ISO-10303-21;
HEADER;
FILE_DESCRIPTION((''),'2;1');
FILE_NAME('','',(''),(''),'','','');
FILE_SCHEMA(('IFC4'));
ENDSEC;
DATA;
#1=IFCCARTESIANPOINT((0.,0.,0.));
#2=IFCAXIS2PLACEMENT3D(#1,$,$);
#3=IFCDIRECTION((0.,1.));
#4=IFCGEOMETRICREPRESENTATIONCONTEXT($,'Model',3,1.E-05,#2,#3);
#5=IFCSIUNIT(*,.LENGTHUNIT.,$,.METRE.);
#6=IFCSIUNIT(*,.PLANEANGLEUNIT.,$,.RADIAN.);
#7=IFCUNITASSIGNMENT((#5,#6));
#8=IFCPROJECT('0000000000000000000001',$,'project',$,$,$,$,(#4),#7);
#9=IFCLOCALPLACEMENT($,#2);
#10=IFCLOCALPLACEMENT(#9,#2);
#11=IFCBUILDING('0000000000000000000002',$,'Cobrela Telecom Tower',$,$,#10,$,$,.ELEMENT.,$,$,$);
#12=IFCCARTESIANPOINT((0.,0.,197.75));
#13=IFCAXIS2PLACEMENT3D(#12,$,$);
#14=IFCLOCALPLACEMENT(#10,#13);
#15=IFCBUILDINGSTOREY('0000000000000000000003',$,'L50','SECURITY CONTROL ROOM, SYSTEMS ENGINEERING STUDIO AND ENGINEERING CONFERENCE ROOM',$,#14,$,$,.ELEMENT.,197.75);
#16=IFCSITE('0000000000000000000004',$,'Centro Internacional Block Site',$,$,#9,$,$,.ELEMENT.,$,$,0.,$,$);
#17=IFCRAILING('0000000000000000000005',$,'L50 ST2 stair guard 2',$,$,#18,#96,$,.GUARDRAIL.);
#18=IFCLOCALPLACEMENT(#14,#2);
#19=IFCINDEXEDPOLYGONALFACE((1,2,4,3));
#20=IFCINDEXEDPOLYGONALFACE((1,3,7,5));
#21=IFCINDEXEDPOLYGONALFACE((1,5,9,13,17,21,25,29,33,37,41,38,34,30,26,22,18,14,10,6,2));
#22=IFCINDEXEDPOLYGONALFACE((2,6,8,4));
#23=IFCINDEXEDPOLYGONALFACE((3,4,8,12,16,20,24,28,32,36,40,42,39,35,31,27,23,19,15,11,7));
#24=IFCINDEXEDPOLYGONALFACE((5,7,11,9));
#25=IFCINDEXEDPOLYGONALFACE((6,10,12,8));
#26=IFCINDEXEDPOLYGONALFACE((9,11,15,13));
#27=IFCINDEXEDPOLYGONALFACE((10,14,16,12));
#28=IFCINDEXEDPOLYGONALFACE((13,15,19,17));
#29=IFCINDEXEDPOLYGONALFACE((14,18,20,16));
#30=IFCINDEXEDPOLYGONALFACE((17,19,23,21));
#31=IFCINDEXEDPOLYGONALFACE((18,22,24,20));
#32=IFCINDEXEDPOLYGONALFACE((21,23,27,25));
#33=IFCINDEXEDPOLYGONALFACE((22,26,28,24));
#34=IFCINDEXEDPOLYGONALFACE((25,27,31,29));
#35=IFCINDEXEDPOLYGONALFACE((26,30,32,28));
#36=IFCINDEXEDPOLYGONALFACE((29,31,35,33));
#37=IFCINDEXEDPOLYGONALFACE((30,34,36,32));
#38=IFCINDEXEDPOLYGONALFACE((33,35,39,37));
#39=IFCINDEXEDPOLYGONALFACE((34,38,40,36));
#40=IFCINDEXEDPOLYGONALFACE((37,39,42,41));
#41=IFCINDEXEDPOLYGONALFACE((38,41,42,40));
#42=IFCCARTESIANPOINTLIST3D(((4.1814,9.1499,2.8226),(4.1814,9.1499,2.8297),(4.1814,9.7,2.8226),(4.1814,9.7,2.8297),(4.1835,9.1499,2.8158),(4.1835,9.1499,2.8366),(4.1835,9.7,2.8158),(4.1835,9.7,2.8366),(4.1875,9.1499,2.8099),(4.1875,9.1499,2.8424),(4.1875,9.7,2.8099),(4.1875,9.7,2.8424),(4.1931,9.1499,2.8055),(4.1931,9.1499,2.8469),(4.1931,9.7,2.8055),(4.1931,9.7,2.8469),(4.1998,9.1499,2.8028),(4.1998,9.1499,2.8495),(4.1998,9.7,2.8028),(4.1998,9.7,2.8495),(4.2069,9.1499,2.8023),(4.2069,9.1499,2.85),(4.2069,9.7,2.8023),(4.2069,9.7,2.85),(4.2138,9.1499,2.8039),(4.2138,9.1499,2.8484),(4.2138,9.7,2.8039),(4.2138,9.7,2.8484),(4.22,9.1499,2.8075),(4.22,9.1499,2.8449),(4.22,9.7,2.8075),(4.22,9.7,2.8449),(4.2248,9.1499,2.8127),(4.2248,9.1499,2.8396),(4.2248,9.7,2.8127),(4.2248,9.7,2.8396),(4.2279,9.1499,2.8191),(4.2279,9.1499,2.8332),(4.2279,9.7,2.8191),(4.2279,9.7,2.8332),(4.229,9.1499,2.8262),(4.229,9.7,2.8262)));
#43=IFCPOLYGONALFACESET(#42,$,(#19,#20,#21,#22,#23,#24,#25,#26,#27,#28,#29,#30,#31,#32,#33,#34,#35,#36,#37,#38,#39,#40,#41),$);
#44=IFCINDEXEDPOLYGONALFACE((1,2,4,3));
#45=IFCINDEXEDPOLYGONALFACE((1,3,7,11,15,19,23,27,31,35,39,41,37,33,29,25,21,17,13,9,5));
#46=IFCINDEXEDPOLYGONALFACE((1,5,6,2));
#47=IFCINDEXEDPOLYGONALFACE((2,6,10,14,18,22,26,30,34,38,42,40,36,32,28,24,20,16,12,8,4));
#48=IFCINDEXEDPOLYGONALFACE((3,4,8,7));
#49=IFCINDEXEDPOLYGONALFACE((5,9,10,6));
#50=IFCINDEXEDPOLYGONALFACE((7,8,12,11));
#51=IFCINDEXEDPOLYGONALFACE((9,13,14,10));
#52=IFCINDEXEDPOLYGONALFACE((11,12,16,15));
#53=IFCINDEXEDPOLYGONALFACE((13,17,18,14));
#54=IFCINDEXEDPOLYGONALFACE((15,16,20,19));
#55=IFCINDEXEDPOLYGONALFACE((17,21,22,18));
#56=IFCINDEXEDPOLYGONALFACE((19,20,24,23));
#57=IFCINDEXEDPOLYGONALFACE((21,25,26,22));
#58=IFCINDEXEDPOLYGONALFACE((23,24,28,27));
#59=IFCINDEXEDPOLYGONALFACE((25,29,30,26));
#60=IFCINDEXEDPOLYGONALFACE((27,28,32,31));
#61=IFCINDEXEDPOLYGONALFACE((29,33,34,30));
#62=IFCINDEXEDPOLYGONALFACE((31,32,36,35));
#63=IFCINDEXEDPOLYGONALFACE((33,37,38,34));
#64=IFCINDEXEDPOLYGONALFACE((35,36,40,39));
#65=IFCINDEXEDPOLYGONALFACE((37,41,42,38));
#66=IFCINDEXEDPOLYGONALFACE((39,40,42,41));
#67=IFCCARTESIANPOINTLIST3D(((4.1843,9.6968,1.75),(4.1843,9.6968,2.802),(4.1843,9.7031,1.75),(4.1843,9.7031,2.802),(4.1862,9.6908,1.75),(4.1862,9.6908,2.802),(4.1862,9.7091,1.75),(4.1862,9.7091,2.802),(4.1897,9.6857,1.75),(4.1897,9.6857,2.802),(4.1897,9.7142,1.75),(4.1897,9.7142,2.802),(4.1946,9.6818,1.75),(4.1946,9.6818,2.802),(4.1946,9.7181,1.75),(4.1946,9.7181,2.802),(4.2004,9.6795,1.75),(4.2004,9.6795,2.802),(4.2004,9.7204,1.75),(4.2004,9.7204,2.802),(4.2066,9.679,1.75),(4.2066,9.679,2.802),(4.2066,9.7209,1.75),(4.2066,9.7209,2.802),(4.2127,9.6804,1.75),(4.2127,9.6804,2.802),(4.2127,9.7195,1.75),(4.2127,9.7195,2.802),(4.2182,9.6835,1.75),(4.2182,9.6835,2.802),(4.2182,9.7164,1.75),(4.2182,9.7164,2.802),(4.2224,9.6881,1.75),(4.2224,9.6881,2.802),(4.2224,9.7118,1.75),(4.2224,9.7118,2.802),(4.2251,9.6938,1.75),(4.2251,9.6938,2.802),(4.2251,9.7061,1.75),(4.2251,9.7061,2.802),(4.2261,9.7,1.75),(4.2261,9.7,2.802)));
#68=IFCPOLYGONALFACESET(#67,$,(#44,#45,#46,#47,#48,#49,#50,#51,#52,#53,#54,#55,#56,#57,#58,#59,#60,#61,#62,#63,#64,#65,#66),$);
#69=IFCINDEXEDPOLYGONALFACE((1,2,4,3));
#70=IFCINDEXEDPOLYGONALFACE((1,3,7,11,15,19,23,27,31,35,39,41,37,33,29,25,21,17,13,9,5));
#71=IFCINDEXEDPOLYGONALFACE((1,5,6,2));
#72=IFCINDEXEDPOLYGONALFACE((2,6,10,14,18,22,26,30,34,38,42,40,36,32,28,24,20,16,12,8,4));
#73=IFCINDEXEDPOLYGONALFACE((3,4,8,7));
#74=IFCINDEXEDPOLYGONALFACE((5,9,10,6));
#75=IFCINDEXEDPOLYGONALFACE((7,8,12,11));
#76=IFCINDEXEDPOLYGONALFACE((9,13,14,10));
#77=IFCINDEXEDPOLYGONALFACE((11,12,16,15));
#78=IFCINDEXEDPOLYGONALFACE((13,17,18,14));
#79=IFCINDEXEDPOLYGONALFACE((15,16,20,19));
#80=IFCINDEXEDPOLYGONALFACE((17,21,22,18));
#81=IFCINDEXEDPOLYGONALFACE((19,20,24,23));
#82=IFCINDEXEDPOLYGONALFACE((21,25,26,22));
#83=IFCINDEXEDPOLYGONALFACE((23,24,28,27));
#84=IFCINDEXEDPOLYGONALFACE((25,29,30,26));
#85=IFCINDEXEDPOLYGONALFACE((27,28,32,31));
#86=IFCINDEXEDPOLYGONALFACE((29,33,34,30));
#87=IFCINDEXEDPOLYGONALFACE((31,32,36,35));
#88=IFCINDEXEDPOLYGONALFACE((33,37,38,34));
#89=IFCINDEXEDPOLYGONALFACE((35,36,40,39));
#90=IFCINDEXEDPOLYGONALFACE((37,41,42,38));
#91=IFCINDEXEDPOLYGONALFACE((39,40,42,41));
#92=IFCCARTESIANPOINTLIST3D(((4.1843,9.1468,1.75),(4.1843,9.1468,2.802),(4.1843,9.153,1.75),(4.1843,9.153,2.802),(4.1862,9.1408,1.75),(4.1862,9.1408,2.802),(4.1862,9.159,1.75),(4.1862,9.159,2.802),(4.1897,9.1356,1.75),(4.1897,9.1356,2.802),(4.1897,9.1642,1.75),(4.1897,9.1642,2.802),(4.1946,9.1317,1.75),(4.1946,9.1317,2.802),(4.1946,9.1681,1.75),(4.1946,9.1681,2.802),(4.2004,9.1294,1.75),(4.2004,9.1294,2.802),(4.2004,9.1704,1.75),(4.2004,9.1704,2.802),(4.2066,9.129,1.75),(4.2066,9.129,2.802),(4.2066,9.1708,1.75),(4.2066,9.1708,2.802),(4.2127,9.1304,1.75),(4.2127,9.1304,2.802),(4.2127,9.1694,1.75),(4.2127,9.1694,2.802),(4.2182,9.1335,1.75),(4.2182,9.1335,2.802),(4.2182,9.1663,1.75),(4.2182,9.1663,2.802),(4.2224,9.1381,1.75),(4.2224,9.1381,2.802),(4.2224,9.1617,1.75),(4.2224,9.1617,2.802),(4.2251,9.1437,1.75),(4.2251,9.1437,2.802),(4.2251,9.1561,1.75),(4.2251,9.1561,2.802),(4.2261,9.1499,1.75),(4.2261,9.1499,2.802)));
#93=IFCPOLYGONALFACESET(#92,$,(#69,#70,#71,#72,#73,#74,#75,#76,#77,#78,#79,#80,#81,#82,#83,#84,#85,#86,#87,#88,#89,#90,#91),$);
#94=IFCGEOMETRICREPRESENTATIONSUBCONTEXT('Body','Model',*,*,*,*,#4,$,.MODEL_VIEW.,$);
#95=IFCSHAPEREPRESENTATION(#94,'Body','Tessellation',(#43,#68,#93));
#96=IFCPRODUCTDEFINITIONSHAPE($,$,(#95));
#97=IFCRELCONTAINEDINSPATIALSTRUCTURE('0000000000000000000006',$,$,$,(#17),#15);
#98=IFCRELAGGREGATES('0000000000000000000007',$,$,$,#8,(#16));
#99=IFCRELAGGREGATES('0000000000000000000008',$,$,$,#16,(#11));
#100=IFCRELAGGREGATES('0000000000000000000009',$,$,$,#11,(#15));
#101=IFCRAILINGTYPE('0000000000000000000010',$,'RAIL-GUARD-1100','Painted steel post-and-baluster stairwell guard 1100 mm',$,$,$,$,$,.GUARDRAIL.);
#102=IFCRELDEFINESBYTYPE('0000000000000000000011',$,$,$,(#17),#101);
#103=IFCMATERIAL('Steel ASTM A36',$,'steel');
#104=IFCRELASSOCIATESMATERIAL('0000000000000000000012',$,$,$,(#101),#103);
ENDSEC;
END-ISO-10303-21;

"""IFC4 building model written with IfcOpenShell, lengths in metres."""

from ifc_helpers import new_model, si_unit, direction, frame, origin, origin_2d, place, context, subcontext, project, spatial, circle, extrude, material, type_object, element, save


model = new_model("IFC4")

# Units and contexts
model_context = context("Model", 3, precision=1e-05, world=origin(), true_north=direction((0.0, 1.0)))
body_context = subcontext(model_context, "Body", "Model", "MODEL_VIEW")
ifc_project = project(units=[si_unit("LENGTHUNIT", "METRE"), si_unit("PLANEANGLEUNIT", "RADIAN")], contexts=[model_context])

# Site, building, storey
site_placement = place(None, origin())
site = spatial("IfcSite", under=ifc_project, at=site_placement, Name="Centro Internacional Block Site", CompositionType="ELEMENT", RefElevation=0.0)
building_placement = place(site_placement, origin())
building = spatial("IfcBuilding", under=site, at=building_placement, Name="Cobrela Telecom Tower", CompositionType="ELEMENT")
storey_placement = place(building_placement, frame((0.0, 0.0, 197.75)))
storey = spatial("IfcBuildingStorey", under=building, at=storey_placement, Name="L50", Description="SECURITY CONTROL ROOM, SYSTEMS ENGINEERING STUDIO AND ENGINEERING CONFERENCE ROOM", CompositionType="ELEMENT", Elevation=197.75)

# Shared definitions
ifc_material_1 = material(Name="Steel ASTM A36", Category="steel")

# Railing
railing_type = type_object("IfcRailingType", Name="RAIL-GUARD-1100", Description="Painted steel post-and-baluster stairwell guard 1100 mm", PredefinedType="GUARDRAIL", material=ifc_material_1)
railing_1_placement = place(storey_placement, frame((4.2051, 9.7, 1.75)))
element("IfcRailing", 1, at=railing_1_placement, inside=storey, type_object=railing_type, Name="L50 ST2 stair guard 2", PredefinedType="GUARDRAIL", context=body_context, shape_type="SweptSolid", body=[
    extrude(circle(Radius=0.0239, at=origin_2d()), frame((0.0, 0.0, 1.0762), z_axis=(0.0, -1.0, 0.0), x_axis=(1.0, 0.0, 0.0)), (0.0, 0.0, 1.0), 0.55),
    extrude(circle(Radius=0.021, at=origin_2d()), origin(), (0.0, 0.0, 1.0), 1.052),
    extrude(circle(Radius=0.021, at=origin_2d()), frame((0.0, -0.55, 0.0)), (0.0, 0.0, 1.0), 1.052),
])

save(model, "model.ifc")
